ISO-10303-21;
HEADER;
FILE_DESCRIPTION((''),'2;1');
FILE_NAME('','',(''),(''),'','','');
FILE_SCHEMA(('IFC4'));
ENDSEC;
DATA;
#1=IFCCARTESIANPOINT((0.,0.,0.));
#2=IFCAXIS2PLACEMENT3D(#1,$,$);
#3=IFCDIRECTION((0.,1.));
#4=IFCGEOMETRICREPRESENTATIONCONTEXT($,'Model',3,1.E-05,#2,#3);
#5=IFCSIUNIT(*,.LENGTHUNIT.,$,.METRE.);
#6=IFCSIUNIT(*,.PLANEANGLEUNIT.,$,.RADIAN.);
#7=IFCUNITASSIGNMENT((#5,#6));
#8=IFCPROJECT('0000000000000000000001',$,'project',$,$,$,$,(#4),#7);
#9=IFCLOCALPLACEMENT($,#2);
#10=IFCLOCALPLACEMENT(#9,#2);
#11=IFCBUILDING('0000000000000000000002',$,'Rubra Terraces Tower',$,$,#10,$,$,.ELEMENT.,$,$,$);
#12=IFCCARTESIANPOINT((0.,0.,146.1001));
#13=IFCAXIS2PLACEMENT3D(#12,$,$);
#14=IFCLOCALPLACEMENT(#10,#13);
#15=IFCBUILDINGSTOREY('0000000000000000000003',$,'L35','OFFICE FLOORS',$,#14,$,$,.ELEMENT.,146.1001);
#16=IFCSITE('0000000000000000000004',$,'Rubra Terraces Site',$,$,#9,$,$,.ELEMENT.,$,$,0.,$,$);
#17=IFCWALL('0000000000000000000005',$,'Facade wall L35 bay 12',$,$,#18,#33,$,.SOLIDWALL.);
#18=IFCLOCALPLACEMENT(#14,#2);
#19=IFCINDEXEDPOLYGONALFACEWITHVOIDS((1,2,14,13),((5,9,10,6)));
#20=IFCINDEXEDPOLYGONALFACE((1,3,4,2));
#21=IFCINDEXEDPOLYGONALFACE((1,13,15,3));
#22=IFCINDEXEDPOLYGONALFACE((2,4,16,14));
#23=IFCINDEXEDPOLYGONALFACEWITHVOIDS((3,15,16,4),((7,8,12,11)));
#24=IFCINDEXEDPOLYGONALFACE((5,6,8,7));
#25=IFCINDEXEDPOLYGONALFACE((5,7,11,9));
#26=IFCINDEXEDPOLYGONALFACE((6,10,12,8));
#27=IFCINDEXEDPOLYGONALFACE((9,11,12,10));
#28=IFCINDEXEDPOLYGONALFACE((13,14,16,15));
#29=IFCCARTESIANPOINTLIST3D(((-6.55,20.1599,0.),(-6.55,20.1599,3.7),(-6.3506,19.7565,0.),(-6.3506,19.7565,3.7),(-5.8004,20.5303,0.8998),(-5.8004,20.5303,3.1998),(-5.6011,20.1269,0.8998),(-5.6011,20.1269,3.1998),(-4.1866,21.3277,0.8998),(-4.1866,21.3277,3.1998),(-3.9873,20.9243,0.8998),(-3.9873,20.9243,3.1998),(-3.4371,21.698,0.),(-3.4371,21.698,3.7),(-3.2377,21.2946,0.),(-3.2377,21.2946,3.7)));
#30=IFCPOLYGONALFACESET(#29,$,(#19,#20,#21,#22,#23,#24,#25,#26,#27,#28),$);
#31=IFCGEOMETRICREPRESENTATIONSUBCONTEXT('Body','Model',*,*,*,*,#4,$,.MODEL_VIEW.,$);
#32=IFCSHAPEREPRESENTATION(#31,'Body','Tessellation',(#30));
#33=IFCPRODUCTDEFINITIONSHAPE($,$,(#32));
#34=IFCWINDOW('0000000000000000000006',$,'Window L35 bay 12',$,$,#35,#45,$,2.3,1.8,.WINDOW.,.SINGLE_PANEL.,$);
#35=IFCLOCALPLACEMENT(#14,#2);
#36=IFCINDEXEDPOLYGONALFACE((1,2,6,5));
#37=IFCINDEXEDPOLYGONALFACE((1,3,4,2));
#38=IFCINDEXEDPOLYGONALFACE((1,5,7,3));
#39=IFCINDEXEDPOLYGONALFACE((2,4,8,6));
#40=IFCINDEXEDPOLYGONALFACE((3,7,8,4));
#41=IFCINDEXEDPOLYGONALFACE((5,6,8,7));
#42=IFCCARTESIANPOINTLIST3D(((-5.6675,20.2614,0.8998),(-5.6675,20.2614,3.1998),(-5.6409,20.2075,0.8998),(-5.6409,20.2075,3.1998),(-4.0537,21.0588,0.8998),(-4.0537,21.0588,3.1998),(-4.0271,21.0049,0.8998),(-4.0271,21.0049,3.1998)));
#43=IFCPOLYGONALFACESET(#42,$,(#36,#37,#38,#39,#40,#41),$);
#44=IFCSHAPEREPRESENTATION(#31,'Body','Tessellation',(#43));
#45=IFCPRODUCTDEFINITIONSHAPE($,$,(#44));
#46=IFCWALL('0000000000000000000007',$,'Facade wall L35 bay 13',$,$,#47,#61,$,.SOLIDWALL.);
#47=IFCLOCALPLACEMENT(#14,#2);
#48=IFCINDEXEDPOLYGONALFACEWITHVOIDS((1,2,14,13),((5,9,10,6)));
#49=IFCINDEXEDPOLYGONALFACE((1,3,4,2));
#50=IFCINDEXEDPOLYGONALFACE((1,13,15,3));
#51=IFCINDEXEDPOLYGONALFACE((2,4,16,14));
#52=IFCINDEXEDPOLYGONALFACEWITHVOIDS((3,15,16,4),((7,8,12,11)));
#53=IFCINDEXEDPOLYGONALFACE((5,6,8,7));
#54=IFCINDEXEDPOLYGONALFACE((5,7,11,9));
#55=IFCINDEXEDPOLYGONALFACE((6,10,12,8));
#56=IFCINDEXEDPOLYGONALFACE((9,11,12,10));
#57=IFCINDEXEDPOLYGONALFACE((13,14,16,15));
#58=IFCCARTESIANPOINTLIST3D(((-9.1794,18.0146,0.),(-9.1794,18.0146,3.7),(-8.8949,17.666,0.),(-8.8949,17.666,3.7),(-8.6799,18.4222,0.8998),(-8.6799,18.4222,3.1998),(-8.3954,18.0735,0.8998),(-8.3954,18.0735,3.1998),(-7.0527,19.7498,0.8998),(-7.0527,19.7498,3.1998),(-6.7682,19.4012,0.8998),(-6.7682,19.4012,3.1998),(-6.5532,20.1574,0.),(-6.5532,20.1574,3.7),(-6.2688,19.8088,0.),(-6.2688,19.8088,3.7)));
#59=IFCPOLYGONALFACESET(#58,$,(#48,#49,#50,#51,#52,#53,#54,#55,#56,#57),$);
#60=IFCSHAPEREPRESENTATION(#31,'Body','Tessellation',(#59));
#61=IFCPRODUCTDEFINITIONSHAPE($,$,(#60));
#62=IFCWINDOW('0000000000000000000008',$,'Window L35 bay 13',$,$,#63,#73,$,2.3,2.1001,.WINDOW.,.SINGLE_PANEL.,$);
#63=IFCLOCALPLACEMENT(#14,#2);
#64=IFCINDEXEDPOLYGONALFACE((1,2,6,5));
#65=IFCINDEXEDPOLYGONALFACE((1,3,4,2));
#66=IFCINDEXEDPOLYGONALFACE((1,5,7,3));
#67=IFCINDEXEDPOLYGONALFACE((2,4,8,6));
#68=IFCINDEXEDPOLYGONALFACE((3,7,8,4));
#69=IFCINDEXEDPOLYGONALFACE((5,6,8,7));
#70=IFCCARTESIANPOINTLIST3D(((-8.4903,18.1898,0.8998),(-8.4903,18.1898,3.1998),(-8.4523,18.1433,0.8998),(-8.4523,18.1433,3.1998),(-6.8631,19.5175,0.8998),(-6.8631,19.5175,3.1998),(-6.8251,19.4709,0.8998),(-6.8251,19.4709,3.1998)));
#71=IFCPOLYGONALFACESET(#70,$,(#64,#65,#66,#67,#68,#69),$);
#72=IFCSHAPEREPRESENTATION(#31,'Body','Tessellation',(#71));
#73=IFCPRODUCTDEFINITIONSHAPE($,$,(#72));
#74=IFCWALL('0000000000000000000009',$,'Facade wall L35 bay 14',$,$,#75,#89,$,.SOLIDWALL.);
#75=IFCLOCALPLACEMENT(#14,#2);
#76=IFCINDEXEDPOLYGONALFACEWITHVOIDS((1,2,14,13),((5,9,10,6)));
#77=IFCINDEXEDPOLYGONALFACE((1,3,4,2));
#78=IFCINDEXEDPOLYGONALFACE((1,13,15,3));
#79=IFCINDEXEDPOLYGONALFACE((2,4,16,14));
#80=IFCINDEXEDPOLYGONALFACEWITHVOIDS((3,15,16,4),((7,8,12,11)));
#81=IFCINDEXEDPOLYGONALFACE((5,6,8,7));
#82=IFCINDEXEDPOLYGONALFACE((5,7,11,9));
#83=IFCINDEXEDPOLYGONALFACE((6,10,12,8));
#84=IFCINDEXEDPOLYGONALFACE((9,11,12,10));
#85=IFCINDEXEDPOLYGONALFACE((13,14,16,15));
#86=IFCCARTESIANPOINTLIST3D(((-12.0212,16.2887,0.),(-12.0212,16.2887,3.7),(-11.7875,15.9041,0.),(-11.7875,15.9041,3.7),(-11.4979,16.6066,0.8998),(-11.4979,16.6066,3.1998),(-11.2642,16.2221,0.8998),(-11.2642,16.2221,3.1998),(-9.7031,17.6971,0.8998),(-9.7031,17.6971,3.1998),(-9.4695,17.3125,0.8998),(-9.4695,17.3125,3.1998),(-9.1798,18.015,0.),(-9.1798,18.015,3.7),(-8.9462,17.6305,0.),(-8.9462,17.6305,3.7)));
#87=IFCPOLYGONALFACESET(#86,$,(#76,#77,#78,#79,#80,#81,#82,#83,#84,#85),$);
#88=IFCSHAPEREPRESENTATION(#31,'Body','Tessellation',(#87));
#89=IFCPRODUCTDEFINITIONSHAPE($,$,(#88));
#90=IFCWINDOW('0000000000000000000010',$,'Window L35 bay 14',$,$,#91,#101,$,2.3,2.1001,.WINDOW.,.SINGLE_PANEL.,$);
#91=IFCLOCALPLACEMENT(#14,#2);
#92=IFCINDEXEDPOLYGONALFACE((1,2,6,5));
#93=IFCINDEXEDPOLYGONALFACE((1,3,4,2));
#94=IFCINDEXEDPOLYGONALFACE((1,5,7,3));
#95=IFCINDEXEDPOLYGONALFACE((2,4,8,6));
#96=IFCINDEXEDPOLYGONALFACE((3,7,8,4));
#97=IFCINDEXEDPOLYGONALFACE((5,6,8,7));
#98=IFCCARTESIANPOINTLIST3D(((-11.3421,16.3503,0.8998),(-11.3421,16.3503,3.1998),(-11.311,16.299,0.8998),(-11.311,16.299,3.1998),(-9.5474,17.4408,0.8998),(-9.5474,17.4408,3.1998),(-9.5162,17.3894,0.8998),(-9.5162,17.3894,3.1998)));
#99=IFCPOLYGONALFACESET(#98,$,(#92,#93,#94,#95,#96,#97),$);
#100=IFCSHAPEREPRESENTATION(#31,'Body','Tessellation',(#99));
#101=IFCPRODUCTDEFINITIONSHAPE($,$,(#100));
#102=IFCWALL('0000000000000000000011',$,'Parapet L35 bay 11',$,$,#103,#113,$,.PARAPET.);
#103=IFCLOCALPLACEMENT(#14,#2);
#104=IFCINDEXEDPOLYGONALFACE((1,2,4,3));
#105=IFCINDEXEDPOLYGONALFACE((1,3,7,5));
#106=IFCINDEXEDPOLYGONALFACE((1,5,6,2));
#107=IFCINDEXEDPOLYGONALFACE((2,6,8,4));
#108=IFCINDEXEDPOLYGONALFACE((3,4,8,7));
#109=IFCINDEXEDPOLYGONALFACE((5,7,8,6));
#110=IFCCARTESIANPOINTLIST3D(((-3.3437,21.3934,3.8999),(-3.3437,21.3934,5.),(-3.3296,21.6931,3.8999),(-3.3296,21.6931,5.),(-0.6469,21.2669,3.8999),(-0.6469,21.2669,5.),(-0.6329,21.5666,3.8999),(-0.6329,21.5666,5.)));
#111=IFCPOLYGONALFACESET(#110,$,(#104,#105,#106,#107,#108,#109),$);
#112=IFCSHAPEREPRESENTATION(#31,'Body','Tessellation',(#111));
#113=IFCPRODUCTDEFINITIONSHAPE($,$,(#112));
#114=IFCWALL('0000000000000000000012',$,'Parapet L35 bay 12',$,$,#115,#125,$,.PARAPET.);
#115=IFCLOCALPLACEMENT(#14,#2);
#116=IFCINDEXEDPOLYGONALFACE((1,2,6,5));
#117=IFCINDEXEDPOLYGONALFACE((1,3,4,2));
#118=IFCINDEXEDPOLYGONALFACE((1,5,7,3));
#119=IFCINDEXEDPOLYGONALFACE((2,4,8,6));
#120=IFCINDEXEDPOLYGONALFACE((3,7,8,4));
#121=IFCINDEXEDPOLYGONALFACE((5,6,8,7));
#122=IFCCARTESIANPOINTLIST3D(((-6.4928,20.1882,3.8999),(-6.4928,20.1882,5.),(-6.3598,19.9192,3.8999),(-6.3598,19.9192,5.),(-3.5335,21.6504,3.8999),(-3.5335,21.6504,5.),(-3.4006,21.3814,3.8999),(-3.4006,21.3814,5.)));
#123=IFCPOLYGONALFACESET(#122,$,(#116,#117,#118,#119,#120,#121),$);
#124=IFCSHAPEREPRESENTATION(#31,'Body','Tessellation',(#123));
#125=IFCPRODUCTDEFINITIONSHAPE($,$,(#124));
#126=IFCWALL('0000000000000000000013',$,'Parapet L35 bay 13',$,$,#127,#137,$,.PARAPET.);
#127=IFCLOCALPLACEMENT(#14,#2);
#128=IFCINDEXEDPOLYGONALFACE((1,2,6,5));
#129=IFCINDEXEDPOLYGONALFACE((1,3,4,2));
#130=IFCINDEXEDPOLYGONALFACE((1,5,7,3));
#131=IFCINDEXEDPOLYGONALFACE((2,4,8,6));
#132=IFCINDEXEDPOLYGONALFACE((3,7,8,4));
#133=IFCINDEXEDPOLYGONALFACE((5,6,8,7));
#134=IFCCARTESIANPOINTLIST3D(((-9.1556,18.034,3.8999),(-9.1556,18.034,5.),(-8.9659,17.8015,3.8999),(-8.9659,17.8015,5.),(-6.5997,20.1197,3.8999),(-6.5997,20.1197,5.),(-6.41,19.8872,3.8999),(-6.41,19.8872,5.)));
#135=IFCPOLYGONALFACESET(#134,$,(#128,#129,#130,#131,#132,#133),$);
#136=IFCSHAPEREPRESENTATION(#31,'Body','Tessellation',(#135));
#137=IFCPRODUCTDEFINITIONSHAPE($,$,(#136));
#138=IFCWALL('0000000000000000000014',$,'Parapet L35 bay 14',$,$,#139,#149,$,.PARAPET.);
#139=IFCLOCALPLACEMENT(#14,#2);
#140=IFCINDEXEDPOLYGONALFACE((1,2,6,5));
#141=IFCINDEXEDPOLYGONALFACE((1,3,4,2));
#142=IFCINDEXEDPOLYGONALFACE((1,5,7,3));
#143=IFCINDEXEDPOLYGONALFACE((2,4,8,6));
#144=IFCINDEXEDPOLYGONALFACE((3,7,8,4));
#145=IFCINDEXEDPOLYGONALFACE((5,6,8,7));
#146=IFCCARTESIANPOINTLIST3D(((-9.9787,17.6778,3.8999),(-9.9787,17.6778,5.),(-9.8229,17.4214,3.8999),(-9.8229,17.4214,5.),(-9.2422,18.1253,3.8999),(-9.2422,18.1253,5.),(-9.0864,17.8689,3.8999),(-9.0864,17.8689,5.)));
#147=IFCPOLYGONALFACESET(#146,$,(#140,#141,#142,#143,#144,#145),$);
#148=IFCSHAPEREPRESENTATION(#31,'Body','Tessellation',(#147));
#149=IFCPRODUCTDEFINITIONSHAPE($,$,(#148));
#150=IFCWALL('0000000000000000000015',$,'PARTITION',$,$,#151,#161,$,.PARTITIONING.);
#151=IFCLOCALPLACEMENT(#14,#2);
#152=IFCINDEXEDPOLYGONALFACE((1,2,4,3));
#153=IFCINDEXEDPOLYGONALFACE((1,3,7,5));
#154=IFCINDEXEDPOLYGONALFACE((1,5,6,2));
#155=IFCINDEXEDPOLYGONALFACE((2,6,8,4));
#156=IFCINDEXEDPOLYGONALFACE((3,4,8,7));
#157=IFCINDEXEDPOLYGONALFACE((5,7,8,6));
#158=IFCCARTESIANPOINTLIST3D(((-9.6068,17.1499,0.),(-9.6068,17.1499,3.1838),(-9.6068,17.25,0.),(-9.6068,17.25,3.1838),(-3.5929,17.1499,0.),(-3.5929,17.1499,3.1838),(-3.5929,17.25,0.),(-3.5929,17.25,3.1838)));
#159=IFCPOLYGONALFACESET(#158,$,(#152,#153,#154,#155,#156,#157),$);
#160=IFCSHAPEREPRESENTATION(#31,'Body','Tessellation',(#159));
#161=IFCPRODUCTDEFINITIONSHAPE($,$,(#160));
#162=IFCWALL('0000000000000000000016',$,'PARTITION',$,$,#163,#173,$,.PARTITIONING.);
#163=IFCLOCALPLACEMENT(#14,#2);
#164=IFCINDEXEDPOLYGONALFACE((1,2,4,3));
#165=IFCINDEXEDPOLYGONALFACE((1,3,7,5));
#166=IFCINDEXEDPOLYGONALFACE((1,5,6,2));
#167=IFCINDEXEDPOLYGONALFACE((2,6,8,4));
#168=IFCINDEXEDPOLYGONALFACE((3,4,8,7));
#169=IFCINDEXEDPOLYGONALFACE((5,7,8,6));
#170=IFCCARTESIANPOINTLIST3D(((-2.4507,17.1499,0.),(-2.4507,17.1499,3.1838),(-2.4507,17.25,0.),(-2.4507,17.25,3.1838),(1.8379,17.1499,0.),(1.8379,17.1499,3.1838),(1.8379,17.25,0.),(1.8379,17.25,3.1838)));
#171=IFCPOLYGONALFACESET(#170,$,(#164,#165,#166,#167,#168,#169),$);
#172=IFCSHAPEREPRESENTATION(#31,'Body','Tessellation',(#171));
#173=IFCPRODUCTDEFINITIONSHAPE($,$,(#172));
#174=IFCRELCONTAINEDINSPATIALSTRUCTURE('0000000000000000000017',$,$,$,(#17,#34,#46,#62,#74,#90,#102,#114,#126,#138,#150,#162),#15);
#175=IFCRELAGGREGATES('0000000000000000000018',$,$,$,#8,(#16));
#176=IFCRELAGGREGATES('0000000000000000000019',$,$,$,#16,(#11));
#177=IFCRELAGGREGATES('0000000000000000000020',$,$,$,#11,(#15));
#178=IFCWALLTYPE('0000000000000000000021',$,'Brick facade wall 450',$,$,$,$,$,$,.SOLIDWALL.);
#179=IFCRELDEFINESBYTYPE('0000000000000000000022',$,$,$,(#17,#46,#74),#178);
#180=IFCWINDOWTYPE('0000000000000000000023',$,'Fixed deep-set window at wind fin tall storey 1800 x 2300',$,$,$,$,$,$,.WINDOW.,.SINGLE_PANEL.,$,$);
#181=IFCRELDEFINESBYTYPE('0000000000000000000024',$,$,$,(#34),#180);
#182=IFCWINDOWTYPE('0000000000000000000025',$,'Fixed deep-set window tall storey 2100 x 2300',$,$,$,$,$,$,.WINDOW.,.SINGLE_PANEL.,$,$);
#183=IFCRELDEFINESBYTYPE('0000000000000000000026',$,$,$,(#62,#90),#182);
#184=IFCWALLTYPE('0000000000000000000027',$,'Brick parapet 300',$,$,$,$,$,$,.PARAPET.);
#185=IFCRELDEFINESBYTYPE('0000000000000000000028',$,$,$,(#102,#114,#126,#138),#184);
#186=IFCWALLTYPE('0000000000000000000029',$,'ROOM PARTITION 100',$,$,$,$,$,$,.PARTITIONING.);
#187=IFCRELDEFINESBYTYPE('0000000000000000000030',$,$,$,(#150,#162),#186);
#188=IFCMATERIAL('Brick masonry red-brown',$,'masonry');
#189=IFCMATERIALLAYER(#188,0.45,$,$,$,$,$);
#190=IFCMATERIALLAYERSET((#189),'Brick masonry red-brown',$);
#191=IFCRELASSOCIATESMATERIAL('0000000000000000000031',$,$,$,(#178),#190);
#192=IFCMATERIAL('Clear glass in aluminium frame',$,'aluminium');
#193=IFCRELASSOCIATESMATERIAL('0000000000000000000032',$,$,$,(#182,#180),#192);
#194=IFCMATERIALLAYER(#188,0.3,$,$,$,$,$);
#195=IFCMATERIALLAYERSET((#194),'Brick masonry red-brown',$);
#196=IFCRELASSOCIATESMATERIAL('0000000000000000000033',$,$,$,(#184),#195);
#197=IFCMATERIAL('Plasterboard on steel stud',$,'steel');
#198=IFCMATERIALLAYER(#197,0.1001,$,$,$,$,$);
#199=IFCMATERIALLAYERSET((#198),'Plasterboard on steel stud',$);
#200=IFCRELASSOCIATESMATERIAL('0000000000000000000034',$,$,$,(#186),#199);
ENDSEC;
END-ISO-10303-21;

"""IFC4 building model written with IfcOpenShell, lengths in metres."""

from ifc_helpers import new_model, si_unit, direction, frame, frame_2d, origin, place, context, subcontext, project, spatial, rectangle, extrude, material, layer, layer_set, type_object, element, fill, save


model = new_model("IFC4")

# Units and contexts
model_context = context("Model", 3, precision=1e-05, world=origin(), true_north=direction((0.0, 1.0)))
body_context = subcontext(model_context, "Body", "Model", "MODEL_VIEW")
ifc_project = project(units=[si_unit("LENGTHUNIT", "METRE"), si_unit("PLANEANGLEUNIT", "RADIAN")], contexts=[model_context])

# Site, building, storey
site_placement = place(None, origin())
site = spatial("IfcSite", under=ifc_project, at=site_placement, Name="Rubra Terraces Site", CompositionType="ELEMENT", RefElevation=0.0)
building_placement = place(site_placement, origin())
building = spatial("IfcBuilding", under=site, at=building_placement, Name="Rubra Terraces Tower", CompositionType="ELEMENT")
storey_placement = place(building_placement, frame((0.0, 0.0, 146.1001)))
storey = spatial("IfcBuildingStorey", under=building, at=storey_placement, Name="L35", Description="OFFICE FLOORS", CompositionType="ELEMENT", Elevation=146.1001)

# Walls, openings, windows
ifc_material_1 = material(Name="Brick masonry red-brown", Category="masonry")
ifc_layer_1 = layer(ifc_material_1, 0.45)
ifc_layer_set_1 = layer_set([ifc_layer_1], Name="Brick masonry red-brown")
wall_type_1 = type_object("IfcWallType", Name="Brick facade wall 450", PredefinedType="SOLIDWALL", material=ifc_layer_set_1)
ifc_material_2 = material(Name="Clear glass in aluminium frame", Category="aluminium")
window_type_1 = type_object("IfcWindowType", Name="Fixed deep-set window tall storey 2100 x 2300", PartitioningType="SINGLE_PANEL", PredefinedType="WINDOW", material=ifc_material_2)
wall_1_placement = place(storey_placement, frame((-3.3374, 21.4963, 0.0), z_axis=(0.0, 0.0, 1.0), x_axis=(-0.896527, -0.44299, 0.0)))
wall_1 = element("IfcWall", 1, at=wall_1_placement, inside=storey, type_object=wall_type_1, Name="Facade wall L35 bay 12", PredefinedType="SOLIDWALL", context=body_context, shape_type="SweptSolid", body=[
    extrude(rectangle(XDim=3.4722, YDim=0.45, at=frame_2d((1.7361, 0.0))), origin(), (0.0, 0.0, 1.0), 3.7),
])
opening_1_placement = place(wall_1_placement, frame((0.8362, 0.0, 0.8999)))
opening_1 = element("IfcOpeningElement", 2, at=opening_1_placement, cuts=wall_1, PredefinedType="OPENING", context=body_context, shape_type="SweptSolid", body=[
    extrude(rectangle(XDim=1.8, YDim=2.3, at=frame_2d((0.8999, 1.1499))), frame((0.0, 0.2349, 0.0), z_axis=(0.0, -1.0, 0.0), x_axis=(1.0, 0.0, 0.0)), (0.0, 0.0, 1.0), 0.47),
])
window_type_2 = type_object("IfcWindowType", Name="Fixed deep-set window at wind fin tall storey 1800 x 2300", PartitioningType="SINGLE_PANEL", PredefinedType="WINDOW", material=ifc_material_2)
window_1_placement = place(opening_1_placement, origin())
window_1 = element("IfcWindow", 3, at=window_1_placement, inside=storey, type_object=window_type_2, Name="Window L35 bay 12", OverallHeight=2.3, OverallWidth=1.8, PartitioningType="SINGLE_PANEL", PredefinedType="WINDOW", context=body_context, shape_type="SweptSolid", body=[
    extrude(rectangle(XDim=1.8, YDim=2.3, at=frame_2d((0.8999, 1.1499))), frame((0.0, 0.135, 0.0), z_axis=(0.0, -1.0, 0.0), x_axis=(1.0, 0.0, 0.0)), (0.0, 0.0, 1.0), 0.0601),
])
fill(opening_1, window_1)
wall_2_placement = place(storey_placement, frame((-6.4109, 19.9832, 0.0), z_axis=(0.0, 0.0, 1.0), x_axis=(-0.77481, -0.632194, 0.0)))
wall_2 = element("IfcWall", 4, at=wall_2_placement, inside=storey, type_object=wall_type_1, Name="Facade wall L35 bay 13", PredefinedType="SOLIDWALL", context=body_context, shape_type="SweptSolid", body=[
    extrude(rectangle(XDim=3.3894, YDim=0.45, at=frame_2d((1.6948, 0.0))), origin(), (0.0, 0.0, 1.0), 3.7),
])
opening_2_placement = place(wall_2_placement, frame((0.6448, 0.0, 0.8999)))
opening_2 = element("IfcOpeningElement", 5, at=opening_2_placement, cuts=wall_2, PredefinedType="OPENING", context=body_context, shape_type="SweptSolid", body=[
    extrude(rectangle(XDim=2.1001, YDim=2.3, at=frame_2d((1.05, 1.1499))), frame((0.0, 0.2349, 0.0), z_axis=(0.0, -1.0, 0.0), x_axis=(1.0, 0.0, 0.0)), (0.0, 0.0, 1.0), 0.47),
])
window_2_placement = place(opening_2_placement, origin())
window_2 = element("IfcWindow", 6, at=window_2_placement, inside=storey, type_object=window_type_1, Name="Window L35 bay 13", OverallHeight=2.3, OverallWidth=2.1001, PartitioningType="SINGLE_PANEL", PredefinedType="WINDOW", context=body_context, shape_type="SweptSolid", body=[
    extrude(rectangle(XDim=2.1001, YDim=2.3, at=frame_2d((1.05, 1.1499))), frame((0.0, 0.135, 0.0), z_axis=(0.0, -1.0, 0.0), x_axis=(1.0, 0.0, 0.0)), (0.0, 0.0, 1.0), 0.0601),
])
fill(opening_2, window_2)
wall_3_placement = place(storey_placement, frame((-9.063, 17.8228, 0.0), z_axis=(0.0, 0.0, 1.0), x_axis=(-0.854622, -0.51925, 0.0)))
wall_3 = element("IfcWall", 7, at=wall_3_placement, inside=storey, type_object=wall_type_1, Name="Facade wall L35 bay 14", PredefinedType="SOLIDWALL", context=body_context, shape_type="SweptSolid", body=[
    extrude(rectangle(XDim=3.3247, YDim=0.45, at=frame_2d((1.6624, 0.0))), origin(), (0.0, 0.0, 1.0), 3.7),
])
opening_3_placement = place(wall_3_placement, frame((0.6123, 0.0, 0.8999)))
opening_3 = element("IfcOpeningElement", 8, at=opening_3_placement, cuts=wall_3, PredefinedType="OPENING", context=body_context, shape_type="SweptSolid", body=[
    extrude(rectangle(XDim=2.1001, YDim=2.3, at=frame_2d((1.05, 1.1499))), frame((0.0, 0.2349, 0.0), z_axis=(0.0, -1.0, 0.0), x_axis=(1.0, 0.0, 0.0)), (0.0, 0.0, 1.0), 0.47),
])
window_3_placement = place(opening_3_placement, origin())
window_3 = element("IfcWindow", 9, at=window_3_placement, inside=storey, type_object=window_type_1, Name="Window L35 bay 14", OverallHeight=2.3, OverallWidth=2.1001, PartitioningType="SINGLE_PANEL", PredefinedType="WINDOW", context=body_context, shape_type="SweptSolid", body=[
    extrude(rectangle(XDim=2.1001, YDim=2.3, at=frame_2d((1.05, 1.1499))), frame((0.0, 0.135, 0.0), z_axis=(0.0, -1.0, 0.0), x_axis=(1.0, 0.0, 0.0)), (0.0, 0.0, 1.0), 0.0601),
])
fill(opening_3, window_3)

# Walls
ifc_layer_2 = layer(ifc_material_1, 0.3)
ifc_layer_set_2 = layer_set([ifc_layer_2], Name="Brick masonry red-brown")
wall_type_2 = type_object("IfcWallType", Name="Brick parapet 300", PredefinedType="PARAPET", material=ifc_layer_set_2)
wall_4_placement = place(storey_placement, frame((-0.6399, 21.4167, 3.8999), z_axis=(0.0, 0.0, 1.0), x_axis=(-0.998902, 0.046843, 0.0)))
element("IfcWall", 10, at=wall_4_placement, inside=storey, type_object=wall_type_2, Name="Parapet L35 bay 11", PredefinedType="PARAPET", context=body_context, shape_type="SweptSolid", body=[
    extrude(rectangle(XDim=2.6997, YDim=0.3, at=frame_2d((1.3499, 0.0))), origin(), (0.0, 0.0, 1.0), 1.1001),
])
wall_5_placement = place(storey_placement, frame((-3.467, 21.5159, 3.8999), z_axis=(0.0, 0.0, 1.0), x_axis=(-0.896533, -0.442978, 0.0)))
element("IfcWall", 11, at=wall_5_placement, inside=storey, type_object=wall_type_2, Name="Parapet L35 bay 12", PredefinedType="PARAPET", context=body_context, shape_type="SweptSolid", body=[
    extrude(rectangle(XDim=3.3008, YDim=0.3, at=frame_2d((1.6504, 0.0))), origin(), (0.0, 0.0, 1.0), 1.1001),
])
wall_6_placement = place(storey_placement, frame((-6.5049, 20.0034, 3.8999), z_axis=(0.0, 0.0, 1.0), x_axis=(-0.774774, -0.632238, 0.0)))
element("IfcWall", 12, at=wall_6_placement, inside=storey, type_object=wall_type_2, Name="Parapet L35 bay 13", PredefinedType="PARAPET", context=body_context, shape_type="SweptSolid", body=[
    extrude(rectangle(XDim=3.2988, YDim=0.3, at=frame_2d((1.6494, 0.0))), origin(), (0.0, 0.0, 1.0), 1.1001),
])
wall_7_placement = place(storey_placement, frame((-9.1643, 17.9971, 3.8999), z_axis=(0.0, 0.0, 1.0), x_axis=(-0.85463, -0.519237, 0.0)))
element("IfcWall", 13, at=wall_7_placement, inside=storey, type_object=wall_type_2, Name="Parapet L35 bay 14", PredefinedType="PARAPET", context=body_context, shape_type="SweptSolid", body=[
    extrude(rectangle(XDim=0.8618, YDim=0.3, at=frame_2d((0.4309, 0.0))), origin(), (0.0, 0.0, 1.0), 1.1001),
])
ifc_material_3 = material(Name="Plasterboard on steel stud", Category="steel")
ifc_layer_3 = layer(ifc_material_3, 0.1001)
ifc_layer_set_3 = layer_set([ifc_layer_3], Name="Plasterboard on steel stud")
wall_type_3 = type_object("IfcWallType", Name="ROOM PARTITION 100", PredefinedType="PARTITIONING", material=ifc_layer_set_3)
wall_8_placement = place(storey_placement, frame((-9.6067, 17.2, 0.0), z_axis=(0.0, 0.0, 1.0), x_axis=(1.0, 0.0, 0.0)))
element("IfcWall", 14, at=wall_8_placement, inside=storey, type_object=wall_type_3, Name="PARTITION", PredefinedType="PARTITIONING", context=body_context, shape_type="SweptSolid", body=[
    extrude(rectangle(XDim=6.0139, YDim=0.1001, at=frame_2d((3.0068, 0.0))), origin(), (0.0, 0.0, 1.0), 3.1838),
])
wall_9_placement = place(storey_placement, frame((-2.4507, 17.2, 0.0), z_axis=(0.0, 0.0, 1.0), x_axis=(1.0, 0.0, 0.0)))
element("IfcWall", 15, at=wall_9_placement, inside=storey, type_object=wall_type_3, Name="PARTITION", PredefinedType="PARTITIONING", context=body_context, shape_type="SweptSolid", body=[
    extrude(rectangle(XDim=4.2886, YDim=0.1001, at=frame_2d((2.1443, 0.0))), origin(), (0.0, 0.0, 1.0), 3.1838),
])

save(model, "model.ifc")
